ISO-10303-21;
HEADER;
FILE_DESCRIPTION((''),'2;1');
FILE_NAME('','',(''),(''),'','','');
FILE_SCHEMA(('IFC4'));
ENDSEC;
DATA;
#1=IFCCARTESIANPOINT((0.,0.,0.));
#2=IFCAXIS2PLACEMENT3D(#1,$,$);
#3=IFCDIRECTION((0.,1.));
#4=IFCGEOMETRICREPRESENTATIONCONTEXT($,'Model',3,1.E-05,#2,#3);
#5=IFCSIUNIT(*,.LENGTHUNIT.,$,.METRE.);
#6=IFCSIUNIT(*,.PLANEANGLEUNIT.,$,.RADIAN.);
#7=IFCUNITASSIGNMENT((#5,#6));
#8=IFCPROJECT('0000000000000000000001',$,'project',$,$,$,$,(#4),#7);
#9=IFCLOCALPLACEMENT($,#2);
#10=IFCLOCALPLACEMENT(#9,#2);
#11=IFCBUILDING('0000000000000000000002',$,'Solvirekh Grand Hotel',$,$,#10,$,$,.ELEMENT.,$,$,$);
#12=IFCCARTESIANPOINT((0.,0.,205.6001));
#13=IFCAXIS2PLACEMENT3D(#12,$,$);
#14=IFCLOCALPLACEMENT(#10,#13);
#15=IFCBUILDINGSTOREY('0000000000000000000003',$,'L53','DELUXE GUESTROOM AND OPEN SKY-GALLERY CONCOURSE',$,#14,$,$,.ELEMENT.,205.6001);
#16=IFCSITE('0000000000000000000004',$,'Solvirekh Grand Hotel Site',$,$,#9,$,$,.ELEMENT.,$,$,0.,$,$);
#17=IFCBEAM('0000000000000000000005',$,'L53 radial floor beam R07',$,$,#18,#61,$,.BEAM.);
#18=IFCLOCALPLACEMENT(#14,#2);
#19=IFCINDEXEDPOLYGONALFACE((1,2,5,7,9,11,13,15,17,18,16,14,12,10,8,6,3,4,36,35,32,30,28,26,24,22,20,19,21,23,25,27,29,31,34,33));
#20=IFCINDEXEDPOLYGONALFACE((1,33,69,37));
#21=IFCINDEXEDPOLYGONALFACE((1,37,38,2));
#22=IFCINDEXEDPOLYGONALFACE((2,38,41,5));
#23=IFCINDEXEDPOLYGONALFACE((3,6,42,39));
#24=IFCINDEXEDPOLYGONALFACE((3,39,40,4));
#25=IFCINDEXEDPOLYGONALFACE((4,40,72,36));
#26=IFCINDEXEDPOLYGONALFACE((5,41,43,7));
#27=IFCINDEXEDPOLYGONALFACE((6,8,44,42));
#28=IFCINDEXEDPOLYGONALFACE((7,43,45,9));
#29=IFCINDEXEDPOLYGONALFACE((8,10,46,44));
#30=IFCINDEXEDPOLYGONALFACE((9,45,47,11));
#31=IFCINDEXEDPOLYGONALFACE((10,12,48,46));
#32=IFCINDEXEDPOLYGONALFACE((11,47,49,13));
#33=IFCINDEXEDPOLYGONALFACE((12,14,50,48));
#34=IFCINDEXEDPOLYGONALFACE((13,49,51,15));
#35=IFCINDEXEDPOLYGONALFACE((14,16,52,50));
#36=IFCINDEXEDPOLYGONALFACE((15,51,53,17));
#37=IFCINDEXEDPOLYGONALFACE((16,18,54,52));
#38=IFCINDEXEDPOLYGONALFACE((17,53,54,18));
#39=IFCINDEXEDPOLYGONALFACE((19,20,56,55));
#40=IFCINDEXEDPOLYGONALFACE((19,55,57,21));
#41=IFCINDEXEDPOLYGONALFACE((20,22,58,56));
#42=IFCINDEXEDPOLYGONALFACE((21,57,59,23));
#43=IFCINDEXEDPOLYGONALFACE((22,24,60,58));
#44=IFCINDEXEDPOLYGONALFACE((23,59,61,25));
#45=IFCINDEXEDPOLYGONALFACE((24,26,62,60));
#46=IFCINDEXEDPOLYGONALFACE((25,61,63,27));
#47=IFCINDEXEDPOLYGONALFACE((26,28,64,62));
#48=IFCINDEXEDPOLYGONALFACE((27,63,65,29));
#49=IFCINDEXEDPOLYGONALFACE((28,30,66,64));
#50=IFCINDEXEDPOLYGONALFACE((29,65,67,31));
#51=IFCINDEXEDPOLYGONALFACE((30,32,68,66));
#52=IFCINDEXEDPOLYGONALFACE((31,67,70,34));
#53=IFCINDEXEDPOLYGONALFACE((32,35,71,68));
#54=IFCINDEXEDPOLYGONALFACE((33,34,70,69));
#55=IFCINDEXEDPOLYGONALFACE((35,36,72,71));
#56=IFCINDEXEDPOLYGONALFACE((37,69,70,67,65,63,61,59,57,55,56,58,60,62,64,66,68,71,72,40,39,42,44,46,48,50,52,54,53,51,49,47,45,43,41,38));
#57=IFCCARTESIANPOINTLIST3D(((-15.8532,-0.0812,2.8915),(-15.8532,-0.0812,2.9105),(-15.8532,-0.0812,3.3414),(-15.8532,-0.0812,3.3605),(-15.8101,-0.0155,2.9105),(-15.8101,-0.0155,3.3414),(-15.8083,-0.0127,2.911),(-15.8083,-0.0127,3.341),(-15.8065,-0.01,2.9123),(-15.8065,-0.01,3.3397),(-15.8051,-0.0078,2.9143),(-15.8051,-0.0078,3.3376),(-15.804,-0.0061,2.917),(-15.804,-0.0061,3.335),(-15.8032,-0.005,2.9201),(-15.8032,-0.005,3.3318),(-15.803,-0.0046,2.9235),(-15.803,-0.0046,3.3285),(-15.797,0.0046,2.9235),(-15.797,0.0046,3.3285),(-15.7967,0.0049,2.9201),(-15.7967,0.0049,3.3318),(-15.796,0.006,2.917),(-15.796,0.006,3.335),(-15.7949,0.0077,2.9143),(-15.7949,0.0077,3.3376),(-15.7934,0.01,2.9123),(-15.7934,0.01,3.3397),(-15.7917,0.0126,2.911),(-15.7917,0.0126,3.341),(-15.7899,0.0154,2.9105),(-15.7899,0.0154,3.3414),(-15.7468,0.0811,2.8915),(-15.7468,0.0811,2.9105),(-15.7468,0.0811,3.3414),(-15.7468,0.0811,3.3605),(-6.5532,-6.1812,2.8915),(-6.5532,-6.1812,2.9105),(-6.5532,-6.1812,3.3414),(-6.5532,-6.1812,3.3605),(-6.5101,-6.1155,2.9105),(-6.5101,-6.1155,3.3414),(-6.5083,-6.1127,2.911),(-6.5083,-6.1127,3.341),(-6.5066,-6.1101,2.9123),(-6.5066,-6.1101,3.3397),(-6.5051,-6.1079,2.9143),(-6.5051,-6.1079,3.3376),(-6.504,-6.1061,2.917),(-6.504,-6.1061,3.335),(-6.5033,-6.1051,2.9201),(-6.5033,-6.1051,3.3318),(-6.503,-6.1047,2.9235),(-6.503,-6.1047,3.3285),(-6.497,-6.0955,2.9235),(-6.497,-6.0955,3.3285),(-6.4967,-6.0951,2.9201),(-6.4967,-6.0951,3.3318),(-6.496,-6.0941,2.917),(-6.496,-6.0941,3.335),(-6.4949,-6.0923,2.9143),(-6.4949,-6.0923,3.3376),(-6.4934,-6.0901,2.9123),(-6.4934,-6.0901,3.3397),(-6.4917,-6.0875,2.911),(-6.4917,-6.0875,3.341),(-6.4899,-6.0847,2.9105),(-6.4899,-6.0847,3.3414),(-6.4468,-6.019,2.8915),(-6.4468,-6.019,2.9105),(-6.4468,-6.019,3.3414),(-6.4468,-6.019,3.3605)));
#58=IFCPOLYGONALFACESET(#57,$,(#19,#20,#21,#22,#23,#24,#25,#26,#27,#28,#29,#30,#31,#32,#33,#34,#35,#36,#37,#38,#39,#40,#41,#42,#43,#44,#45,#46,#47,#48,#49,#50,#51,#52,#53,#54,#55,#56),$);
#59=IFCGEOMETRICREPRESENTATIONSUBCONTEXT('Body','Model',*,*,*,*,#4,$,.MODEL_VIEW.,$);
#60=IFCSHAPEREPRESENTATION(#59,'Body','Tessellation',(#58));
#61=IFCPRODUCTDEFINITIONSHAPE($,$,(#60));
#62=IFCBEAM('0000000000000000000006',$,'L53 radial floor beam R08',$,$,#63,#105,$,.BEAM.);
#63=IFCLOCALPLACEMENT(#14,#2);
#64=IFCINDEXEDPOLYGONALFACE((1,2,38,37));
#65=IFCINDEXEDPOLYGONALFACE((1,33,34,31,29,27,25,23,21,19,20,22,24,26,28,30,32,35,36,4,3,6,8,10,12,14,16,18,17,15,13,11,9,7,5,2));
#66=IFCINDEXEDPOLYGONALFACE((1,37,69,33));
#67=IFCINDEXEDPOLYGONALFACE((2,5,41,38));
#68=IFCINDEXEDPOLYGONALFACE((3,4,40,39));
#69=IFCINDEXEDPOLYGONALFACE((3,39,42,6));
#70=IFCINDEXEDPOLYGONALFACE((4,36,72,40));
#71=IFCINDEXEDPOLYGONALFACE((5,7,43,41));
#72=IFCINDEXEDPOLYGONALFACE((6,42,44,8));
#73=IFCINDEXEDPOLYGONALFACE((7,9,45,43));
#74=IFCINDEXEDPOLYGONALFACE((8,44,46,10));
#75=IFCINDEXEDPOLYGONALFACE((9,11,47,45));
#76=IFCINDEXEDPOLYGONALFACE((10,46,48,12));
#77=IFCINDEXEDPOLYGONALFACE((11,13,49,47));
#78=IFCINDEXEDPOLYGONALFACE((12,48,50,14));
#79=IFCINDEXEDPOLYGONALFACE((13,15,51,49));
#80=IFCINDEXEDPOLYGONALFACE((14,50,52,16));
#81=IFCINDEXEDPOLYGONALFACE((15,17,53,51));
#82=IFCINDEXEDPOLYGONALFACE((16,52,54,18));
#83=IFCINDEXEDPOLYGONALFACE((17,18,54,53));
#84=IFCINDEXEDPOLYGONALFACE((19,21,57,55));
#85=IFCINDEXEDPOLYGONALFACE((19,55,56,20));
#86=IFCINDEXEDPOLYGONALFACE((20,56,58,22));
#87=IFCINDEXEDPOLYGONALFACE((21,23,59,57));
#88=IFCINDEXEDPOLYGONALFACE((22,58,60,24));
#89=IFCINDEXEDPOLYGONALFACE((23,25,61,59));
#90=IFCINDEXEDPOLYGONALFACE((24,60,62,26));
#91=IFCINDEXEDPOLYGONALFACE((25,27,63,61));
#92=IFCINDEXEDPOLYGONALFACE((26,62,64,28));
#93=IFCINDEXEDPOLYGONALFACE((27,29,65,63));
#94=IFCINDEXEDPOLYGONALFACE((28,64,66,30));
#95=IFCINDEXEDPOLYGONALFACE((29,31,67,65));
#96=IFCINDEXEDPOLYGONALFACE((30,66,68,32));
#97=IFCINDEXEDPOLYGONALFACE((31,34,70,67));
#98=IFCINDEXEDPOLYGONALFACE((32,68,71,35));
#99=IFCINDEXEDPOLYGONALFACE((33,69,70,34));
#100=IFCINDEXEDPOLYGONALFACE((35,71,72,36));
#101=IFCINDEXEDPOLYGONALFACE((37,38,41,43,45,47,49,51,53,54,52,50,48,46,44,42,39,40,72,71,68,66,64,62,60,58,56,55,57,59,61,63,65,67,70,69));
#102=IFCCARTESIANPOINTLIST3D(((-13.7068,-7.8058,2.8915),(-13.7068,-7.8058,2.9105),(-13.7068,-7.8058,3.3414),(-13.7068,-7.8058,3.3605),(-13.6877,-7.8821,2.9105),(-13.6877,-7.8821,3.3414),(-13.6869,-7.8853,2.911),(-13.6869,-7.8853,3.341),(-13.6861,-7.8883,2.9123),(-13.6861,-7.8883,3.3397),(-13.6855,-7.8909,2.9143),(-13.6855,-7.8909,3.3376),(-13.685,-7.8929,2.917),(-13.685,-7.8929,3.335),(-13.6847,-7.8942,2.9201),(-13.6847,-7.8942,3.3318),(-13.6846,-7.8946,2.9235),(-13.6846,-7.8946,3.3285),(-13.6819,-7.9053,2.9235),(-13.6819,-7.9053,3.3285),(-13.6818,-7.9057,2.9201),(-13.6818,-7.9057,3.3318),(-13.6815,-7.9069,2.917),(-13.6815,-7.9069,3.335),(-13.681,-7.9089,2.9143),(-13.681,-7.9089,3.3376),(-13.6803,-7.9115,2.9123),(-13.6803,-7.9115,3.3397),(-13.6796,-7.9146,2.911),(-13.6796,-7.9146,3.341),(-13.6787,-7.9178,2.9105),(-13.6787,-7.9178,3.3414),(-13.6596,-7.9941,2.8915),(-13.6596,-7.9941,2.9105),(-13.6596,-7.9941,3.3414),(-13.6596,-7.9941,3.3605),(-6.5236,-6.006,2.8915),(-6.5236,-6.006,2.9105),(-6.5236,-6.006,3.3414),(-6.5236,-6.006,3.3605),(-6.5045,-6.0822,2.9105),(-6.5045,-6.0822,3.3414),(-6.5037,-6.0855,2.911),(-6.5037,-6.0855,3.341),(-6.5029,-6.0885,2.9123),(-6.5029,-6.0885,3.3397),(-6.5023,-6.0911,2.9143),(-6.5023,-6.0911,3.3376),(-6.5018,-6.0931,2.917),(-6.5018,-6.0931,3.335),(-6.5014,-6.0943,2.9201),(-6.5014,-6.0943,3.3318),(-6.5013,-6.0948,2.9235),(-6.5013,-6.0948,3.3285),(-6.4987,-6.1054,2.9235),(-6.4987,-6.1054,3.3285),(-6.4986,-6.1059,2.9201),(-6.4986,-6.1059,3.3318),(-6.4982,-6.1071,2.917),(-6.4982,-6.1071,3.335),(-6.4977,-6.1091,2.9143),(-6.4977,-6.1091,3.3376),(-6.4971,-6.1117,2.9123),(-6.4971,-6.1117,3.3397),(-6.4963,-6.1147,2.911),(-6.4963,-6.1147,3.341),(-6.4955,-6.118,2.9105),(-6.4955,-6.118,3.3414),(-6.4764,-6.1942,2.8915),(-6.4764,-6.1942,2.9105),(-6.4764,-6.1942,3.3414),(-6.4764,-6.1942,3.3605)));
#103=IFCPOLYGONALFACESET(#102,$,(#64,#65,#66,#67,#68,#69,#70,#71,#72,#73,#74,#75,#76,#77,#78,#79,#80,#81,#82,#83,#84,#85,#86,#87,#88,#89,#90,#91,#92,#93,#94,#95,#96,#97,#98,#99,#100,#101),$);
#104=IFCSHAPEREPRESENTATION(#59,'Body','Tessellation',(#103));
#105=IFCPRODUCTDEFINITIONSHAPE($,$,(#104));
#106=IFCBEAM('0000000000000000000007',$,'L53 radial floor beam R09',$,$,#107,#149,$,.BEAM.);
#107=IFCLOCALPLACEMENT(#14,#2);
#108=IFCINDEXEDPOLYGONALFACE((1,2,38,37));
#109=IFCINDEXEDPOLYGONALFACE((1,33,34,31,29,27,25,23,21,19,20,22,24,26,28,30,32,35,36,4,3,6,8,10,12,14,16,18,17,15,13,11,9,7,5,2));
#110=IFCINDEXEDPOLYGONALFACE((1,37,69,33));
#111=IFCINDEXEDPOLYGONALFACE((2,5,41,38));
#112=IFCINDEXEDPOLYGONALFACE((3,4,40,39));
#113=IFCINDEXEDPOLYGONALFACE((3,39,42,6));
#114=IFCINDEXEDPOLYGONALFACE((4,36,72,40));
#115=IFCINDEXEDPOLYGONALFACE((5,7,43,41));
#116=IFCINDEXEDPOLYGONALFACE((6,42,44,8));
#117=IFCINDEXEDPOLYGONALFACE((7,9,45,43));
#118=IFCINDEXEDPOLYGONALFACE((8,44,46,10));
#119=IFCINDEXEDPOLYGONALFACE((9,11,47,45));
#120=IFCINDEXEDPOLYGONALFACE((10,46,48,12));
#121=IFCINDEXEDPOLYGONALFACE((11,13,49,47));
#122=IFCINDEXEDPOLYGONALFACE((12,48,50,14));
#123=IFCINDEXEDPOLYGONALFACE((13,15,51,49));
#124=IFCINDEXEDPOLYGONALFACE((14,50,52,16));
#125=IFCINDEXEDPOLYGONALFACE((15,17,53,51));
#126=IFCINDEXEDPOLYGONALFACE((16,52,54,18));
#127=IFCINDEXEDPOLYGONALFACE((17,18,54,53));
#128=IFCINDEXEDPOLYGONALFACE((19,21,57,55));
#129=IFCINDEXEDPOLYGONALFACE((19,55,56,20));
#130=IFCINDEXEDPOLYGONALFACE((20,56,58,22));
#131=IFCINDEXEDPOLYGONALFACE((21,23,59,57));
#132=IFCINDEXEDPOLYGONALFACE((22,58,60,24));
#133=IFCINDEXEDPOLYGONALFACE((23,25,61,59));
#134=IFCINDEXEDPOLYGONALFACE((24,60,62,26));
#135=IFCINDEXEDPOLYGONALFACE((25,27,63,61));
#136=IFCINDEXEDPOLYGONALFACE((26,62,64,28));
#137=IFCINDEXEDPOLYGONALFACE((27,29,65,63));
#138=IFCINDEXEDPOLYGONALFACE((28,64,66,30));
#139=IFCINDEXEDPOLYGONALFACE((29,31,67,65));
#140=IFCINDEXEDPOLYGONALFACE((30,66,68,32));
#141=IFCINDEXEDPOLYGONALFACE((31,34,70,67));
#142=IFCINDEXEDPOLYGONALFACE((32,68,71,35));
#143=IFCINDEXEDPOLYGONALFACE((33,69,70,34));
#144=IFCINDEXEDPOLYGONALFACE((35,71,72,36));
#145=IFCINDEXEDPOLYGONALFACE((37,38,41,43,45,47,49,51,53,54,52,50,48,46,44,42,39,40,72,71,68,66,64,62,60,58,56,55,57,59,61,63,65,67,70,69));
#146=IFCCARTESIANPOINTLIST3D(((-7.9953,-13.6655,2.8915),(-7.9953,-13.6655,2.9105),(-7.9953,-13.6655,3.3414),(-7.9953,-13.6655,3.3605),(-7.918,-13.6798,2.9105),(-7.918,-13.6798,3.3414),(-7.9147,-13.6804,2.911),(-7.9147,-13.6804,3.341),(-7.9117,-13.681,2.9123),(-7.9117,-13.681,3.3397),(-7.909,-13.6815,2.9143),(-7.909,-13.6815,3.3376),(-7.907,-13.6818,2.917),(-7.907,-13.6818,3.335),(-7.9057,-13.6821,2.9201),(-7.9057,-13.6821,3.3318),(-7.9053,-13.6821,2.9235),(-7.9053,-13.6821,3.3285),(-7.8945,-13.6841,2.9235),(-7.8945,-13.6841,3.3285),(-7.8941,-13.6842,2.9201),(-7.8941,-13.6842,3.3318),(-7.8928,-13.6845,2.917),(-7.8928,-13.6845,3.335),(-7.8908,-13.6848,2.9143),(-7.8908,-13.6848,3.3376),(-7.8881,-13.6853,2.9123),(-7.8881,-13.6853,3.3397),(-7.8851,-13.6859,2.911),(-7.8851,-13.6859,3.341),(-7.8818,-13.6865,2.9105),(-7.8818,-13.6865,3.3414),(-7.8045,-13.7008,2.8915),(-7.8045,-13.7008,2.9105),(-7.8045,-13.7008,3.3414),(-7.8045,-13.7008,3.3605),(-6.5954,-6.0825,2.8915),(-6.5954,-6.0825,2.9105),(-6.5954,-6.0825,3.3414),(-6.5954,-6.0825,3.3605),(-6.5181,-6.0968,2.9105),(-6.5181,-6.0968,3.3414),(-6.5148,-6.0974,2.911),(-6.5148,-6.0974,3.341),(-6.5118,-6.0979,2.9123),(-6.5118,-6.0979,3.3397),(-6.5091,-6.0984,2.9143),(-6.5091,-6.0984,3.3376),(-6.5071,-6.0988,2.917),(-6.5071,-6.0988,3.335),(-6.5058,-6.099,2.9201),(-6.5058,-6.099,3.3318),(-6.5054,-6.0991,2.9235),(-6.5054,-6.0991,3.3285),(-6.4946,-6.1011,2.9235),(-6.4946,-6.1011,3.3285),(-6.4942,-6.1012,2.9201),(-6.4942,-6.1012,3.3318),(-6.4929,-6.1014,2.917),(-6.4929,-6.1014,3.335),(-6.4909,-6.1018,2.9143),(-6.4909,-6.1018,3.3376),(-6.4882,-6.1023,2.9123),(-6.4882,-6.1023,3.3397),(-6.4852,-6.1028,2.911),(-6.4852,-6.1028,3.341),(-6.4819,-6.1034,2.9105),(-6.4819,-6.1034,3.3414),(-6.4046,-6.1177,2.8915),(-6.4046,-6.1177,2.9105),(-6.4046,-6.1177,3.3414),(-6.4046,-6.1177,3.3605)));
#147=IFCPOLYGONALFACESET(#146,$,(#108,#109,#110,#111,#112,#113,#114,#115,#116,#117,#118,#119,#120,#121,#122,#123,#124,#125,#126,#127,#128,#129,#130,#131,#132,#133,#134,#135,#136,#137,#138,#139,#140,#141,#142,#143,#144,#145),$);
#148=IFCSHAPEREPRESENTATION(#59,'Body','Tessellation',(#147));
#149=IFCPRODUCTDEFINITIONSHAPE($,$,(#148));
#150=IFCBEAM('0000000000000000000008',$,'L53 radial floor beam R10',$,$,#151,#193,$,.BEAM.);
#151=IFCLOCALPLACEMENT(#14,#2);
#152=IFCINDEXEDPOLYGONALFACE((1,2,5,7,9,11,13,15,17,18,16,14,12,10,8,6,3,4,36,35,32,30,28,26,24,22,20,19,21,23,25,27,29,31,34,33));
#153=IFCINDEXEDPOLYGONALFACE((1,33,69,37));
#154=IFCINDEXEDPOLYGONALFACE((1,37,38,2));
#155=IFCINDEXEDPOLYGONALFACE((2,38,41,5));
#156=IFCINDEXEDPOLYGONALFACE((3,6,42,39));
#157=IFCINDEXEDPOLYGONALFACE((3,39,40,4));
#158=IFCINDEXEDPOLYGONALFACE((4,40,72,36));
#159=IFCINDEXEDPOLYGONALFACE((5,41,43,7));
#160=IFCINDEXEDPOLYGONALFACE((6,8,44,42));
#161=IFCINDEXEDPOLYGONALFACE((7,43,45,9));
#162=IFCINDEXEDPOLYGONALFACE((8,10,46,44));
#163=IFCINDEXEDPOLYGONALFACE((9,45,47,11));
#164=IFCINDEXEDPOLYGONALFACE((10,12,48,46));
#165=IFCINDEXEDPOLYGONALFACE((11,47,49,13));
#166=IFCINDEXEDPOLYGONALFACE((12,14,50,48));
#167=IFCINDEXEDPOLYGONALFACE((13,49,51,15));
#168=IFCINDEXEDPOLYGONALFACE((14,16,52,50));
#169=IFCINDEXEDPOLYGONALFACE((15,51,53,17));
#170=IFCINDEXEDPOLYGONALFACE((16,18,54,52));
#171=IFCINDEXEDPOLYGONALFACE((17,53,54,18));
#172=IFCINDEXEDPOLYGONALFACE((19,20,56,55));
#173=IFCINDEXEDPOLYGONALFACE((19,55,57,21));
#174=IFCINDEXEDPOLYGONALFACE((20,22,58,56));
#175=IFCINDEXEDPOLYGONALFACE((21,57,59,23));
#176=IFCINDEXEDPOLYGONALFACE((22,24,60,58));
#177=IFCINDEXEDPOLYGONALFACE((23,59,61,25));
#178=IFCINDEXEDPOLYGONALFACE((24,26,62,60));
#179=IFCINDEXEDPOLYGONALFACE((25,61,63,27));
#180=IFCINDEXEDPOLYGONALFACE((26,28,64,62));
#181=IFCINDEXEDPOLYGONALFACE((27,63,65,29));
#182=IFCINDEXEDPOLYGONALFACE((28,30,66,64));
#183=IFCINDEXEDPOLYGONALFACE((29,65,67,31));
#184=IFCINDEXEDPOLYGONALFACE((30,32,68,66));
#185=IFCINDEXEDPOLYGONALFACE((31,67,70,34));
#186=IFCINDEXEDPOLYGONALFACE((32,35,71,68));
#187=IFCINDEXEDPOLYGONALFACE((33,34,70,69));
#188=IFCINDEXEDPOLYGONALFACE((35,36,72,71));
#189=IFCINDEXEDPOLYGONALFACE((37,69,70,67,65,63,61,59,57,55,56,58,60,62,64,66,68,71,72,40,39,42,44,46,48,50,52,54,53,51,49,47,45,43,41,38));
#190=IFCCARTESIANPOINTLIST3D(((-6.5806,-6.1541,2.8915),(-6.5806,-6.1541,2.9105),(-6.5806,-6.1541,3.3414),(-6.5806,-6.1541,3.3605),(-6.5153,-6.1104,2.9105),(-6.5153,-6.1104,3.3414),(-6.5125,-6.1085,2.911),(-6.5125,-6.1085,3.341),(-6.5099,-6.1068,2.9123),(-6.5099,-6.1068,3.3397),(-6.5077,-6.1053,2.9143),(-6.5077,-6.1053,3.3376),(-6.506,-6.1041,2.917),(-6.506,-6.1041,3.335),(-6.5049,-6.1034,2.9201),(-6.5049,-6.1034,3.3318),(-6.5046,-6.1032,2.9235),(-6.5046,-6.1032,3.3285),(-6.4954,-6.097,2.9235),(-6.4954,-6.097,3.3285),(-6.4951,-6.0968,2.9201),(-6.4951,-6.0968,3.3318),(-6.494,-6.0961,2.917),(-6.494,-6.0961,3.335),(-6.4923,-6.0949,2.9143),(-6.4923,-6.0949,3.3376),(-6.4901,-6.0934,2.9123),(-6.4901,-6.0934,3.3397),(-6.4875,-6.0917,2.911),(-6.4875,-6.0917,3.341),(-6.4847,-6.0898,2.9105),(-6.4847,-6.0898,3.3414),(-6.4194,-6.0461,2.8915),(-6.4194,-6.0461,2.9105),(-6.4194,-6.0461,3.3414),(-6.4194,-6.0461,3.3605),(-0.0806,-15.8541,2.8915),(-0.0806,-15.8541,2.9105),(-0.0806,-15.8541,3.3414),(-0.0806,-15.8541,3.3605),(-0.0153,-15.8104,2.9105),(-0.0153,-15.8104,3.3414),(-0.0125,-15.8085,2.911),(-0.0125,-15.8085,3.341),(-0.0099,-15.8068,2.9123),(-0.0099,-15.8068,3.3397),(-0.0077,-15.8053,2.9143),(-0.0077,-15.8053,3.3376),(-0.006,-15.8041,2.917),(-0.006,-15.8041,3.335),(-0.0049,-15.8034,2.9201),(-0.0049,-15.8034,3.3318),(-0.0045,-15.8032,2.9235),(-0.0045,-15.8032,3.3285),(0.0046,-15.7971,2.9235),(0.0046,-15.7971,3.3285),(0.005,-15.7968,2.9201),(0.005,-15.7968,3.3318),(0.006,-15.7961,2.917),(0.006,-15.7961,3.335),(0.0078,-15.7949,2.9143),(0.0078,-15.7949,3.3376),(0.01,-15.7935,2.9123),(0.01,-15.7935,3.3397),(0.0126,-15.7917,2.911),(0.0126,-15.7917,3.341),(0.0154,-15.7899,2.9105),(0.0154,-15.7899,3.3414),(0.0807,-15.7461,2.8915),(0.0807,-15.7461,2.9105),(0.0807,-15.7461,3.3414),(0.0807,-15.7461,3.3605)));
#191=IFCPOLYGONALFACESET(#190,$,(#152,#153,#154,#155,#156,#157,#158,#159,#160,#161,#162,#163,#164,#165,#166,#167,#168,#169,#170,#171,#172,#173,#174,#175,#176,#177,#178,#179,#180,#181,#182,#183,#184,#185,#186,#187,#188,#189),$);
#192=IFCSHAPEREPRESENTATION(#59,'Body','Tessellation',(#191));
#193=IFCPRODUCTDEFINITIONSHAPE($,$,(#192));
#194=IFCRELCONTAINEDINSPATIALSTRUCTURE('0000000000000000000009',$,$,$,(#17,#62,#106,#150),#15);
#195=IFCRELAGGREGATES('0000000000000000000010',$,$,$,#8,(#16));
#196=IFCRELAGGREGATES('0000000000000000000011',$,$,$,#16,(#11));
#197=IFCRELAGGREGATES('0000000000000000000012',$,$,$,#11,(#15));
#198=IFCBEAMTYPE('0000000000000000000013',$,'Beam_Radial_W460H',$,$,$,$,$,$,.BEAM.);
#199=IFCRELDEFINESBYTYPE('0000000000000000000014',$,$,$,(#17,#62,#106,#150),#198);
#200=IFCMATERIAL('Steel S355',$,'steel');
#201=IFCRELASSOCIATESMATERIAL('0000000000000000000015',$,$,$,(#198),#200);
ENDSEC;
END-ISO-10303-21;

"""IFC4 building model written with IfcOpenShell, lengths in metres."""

from ifc_helpers import new_model, si_unit, direction, frame, origin, origin_2d, place, context, subcontext, project, spatial, i_section, extrude, material, material_profile, profile_set, type_object, element, save


model = new_model("IFC4")

# Units and contexts
model_context = context("Model", 3, precision=1e-05, world=origin(), true_north=direction((0.0, 1.0)))
body_context = subcontext(model_context, "Body", "Model", "MODEL_VIEW")
ifc_project = project(units=[si_unit("LENGTHUNIT", "METRE"), si_unit("PLANEANGLEUNIT", "RADIAN")], contexts=[model_context])

# Site, building, storey
site_placement = place(None, origin())
site = spatial("IfcSite", under=ifc_project, at=site_placement, Name="Solvirekh Grand Hotel Site", CompositionType="ELEMENT", RefElevation=0.0)
building_placement = place(site_placement, origin())
building = spatial("IfcBuilding", under=site, at=building_placement, Name="Solvirekh Grand Hotel", CompositionType="ELEMENT")
storey_placement = place(building_placement, frame((0.0, 0.0, 205.6001)))
storey = spatial("IfcBuildingStorey", under=building, at=storey_placement, Name="L53", Description="DELUXE GUESTROOM AND OPEN SKY-GALLERY CONCOURSE", CompositionType="ELEMENT", Elevation=205.6001)

# Beams
ifc_material_1 = material(Name="Steel S355", Category="steel")
ifc_material_profile = material_profile(ifc_material_1, i_section(OverallWidth=0.1941, OverallDepth=0.469, WebThickness=0.011, FlangeThickness=0.019, FilletRadius=0.0129, at=origin_2d()), Name="W460X106")
ifc_profile_set = profile_set([ifc_material_profile], Name="Steel S355")
beam_type = type_object("IfcBeamType", Name="Beam_Radial_W460H", PredefinedType="BEAM", material=ifc_profile_set)
beam_1_placement = place(storey_placement, frame((-6.5, -6.1001, 3.126), z_axis=(-0.836174, 0.548464, 0.0), x_axis=(-0.548464, -0.836174, 0.0)))
element("IfcBeam", 1, at=beam_1_placement, inside=storey, type_object=beam_type, Name="L53 radial floor beam R07", PredefinedType="BEAM", context=body_context, shape_type="SweptSolid", body=[
    extrude(i_section(OverallWidth=0.1941, OverallDepth=0.469, WebThickness=0.011, FlangeThickness=0.019, FilletRadius=0.0129, at=origin_2d()), origin(), (0.0, 0.0, 1.0), 11.1221),
])
beam_2_placement = place(storey_placement, frame((-6.5, -6.1001, 3.126), z_axis=(-0.970014, -0.243048, 0.0), x_axis=(0.243048, -0.970014, 0.0)))
element("IfcBeam", 2, at=beam_2_placement, inside=storey, type_object=beam_type, Name="L53 radial floor beam R08", PredefinedType="BEAM", context=body_context, shape_type="SweptSolid", body=[
    extrude(i_section(OverallWidth=0.1941, OverallDepth=0.469, WebThickness=0.011, FlangeThickness=0.019, FilletRadius=0.0129, at=origin_2d()), origin(), (0.0, 0.0, 1.0), 7.4053),
])
beam_3_placement = place(storey_placement, frame((-6.5, -6.1001, 3.126), z_axis=(-0.181543, -0.983383, 0.0), x_axis=(0.983383, -0.181543, 0.0)))
element("IfcBeam", 3, at=beam_3_placement, inside=storey, type_object=beam_type, Name="L53 radial floor beam R09", PredefinedType="BEAM", context=body_context, shape_type="SweptSolid", body=[
    extrude(i_section(OverallWidth=0.1941, OverallDepth=0.469, WebThickness=0.011, FlangeThickness=0.019, FilletRadius=0.0129, at=origin_2d()), origin(), (0.0, 0.0, 1.0), 7.7112),
])
beam_4_placement = place(storey_placement, frame((-6.5, -6.1001, 3.126), z_axis=(0.556677, -0.830729, 0.0), x_axis=(0.830729, 0.556677, 0.0)))
element("IfcBeam", 4, at=beam_4_placement, inside=storey, type_object=beam_type, Name="L53 radial floor beam R10", PredefinedType="BEAM", context=body_context, shape_type="SweptSolid", body=[
    extrude(i_section(OverallWidth=0.1941, OverallDepth=0.469, WebThickness=0.011, FlangeThickness=0.019, FilletRadius=0.0129, at=origin_2d()), origin(), (0.0, 0.0, 1.0), 11.6765),
])

save(model, "model.ifc")
